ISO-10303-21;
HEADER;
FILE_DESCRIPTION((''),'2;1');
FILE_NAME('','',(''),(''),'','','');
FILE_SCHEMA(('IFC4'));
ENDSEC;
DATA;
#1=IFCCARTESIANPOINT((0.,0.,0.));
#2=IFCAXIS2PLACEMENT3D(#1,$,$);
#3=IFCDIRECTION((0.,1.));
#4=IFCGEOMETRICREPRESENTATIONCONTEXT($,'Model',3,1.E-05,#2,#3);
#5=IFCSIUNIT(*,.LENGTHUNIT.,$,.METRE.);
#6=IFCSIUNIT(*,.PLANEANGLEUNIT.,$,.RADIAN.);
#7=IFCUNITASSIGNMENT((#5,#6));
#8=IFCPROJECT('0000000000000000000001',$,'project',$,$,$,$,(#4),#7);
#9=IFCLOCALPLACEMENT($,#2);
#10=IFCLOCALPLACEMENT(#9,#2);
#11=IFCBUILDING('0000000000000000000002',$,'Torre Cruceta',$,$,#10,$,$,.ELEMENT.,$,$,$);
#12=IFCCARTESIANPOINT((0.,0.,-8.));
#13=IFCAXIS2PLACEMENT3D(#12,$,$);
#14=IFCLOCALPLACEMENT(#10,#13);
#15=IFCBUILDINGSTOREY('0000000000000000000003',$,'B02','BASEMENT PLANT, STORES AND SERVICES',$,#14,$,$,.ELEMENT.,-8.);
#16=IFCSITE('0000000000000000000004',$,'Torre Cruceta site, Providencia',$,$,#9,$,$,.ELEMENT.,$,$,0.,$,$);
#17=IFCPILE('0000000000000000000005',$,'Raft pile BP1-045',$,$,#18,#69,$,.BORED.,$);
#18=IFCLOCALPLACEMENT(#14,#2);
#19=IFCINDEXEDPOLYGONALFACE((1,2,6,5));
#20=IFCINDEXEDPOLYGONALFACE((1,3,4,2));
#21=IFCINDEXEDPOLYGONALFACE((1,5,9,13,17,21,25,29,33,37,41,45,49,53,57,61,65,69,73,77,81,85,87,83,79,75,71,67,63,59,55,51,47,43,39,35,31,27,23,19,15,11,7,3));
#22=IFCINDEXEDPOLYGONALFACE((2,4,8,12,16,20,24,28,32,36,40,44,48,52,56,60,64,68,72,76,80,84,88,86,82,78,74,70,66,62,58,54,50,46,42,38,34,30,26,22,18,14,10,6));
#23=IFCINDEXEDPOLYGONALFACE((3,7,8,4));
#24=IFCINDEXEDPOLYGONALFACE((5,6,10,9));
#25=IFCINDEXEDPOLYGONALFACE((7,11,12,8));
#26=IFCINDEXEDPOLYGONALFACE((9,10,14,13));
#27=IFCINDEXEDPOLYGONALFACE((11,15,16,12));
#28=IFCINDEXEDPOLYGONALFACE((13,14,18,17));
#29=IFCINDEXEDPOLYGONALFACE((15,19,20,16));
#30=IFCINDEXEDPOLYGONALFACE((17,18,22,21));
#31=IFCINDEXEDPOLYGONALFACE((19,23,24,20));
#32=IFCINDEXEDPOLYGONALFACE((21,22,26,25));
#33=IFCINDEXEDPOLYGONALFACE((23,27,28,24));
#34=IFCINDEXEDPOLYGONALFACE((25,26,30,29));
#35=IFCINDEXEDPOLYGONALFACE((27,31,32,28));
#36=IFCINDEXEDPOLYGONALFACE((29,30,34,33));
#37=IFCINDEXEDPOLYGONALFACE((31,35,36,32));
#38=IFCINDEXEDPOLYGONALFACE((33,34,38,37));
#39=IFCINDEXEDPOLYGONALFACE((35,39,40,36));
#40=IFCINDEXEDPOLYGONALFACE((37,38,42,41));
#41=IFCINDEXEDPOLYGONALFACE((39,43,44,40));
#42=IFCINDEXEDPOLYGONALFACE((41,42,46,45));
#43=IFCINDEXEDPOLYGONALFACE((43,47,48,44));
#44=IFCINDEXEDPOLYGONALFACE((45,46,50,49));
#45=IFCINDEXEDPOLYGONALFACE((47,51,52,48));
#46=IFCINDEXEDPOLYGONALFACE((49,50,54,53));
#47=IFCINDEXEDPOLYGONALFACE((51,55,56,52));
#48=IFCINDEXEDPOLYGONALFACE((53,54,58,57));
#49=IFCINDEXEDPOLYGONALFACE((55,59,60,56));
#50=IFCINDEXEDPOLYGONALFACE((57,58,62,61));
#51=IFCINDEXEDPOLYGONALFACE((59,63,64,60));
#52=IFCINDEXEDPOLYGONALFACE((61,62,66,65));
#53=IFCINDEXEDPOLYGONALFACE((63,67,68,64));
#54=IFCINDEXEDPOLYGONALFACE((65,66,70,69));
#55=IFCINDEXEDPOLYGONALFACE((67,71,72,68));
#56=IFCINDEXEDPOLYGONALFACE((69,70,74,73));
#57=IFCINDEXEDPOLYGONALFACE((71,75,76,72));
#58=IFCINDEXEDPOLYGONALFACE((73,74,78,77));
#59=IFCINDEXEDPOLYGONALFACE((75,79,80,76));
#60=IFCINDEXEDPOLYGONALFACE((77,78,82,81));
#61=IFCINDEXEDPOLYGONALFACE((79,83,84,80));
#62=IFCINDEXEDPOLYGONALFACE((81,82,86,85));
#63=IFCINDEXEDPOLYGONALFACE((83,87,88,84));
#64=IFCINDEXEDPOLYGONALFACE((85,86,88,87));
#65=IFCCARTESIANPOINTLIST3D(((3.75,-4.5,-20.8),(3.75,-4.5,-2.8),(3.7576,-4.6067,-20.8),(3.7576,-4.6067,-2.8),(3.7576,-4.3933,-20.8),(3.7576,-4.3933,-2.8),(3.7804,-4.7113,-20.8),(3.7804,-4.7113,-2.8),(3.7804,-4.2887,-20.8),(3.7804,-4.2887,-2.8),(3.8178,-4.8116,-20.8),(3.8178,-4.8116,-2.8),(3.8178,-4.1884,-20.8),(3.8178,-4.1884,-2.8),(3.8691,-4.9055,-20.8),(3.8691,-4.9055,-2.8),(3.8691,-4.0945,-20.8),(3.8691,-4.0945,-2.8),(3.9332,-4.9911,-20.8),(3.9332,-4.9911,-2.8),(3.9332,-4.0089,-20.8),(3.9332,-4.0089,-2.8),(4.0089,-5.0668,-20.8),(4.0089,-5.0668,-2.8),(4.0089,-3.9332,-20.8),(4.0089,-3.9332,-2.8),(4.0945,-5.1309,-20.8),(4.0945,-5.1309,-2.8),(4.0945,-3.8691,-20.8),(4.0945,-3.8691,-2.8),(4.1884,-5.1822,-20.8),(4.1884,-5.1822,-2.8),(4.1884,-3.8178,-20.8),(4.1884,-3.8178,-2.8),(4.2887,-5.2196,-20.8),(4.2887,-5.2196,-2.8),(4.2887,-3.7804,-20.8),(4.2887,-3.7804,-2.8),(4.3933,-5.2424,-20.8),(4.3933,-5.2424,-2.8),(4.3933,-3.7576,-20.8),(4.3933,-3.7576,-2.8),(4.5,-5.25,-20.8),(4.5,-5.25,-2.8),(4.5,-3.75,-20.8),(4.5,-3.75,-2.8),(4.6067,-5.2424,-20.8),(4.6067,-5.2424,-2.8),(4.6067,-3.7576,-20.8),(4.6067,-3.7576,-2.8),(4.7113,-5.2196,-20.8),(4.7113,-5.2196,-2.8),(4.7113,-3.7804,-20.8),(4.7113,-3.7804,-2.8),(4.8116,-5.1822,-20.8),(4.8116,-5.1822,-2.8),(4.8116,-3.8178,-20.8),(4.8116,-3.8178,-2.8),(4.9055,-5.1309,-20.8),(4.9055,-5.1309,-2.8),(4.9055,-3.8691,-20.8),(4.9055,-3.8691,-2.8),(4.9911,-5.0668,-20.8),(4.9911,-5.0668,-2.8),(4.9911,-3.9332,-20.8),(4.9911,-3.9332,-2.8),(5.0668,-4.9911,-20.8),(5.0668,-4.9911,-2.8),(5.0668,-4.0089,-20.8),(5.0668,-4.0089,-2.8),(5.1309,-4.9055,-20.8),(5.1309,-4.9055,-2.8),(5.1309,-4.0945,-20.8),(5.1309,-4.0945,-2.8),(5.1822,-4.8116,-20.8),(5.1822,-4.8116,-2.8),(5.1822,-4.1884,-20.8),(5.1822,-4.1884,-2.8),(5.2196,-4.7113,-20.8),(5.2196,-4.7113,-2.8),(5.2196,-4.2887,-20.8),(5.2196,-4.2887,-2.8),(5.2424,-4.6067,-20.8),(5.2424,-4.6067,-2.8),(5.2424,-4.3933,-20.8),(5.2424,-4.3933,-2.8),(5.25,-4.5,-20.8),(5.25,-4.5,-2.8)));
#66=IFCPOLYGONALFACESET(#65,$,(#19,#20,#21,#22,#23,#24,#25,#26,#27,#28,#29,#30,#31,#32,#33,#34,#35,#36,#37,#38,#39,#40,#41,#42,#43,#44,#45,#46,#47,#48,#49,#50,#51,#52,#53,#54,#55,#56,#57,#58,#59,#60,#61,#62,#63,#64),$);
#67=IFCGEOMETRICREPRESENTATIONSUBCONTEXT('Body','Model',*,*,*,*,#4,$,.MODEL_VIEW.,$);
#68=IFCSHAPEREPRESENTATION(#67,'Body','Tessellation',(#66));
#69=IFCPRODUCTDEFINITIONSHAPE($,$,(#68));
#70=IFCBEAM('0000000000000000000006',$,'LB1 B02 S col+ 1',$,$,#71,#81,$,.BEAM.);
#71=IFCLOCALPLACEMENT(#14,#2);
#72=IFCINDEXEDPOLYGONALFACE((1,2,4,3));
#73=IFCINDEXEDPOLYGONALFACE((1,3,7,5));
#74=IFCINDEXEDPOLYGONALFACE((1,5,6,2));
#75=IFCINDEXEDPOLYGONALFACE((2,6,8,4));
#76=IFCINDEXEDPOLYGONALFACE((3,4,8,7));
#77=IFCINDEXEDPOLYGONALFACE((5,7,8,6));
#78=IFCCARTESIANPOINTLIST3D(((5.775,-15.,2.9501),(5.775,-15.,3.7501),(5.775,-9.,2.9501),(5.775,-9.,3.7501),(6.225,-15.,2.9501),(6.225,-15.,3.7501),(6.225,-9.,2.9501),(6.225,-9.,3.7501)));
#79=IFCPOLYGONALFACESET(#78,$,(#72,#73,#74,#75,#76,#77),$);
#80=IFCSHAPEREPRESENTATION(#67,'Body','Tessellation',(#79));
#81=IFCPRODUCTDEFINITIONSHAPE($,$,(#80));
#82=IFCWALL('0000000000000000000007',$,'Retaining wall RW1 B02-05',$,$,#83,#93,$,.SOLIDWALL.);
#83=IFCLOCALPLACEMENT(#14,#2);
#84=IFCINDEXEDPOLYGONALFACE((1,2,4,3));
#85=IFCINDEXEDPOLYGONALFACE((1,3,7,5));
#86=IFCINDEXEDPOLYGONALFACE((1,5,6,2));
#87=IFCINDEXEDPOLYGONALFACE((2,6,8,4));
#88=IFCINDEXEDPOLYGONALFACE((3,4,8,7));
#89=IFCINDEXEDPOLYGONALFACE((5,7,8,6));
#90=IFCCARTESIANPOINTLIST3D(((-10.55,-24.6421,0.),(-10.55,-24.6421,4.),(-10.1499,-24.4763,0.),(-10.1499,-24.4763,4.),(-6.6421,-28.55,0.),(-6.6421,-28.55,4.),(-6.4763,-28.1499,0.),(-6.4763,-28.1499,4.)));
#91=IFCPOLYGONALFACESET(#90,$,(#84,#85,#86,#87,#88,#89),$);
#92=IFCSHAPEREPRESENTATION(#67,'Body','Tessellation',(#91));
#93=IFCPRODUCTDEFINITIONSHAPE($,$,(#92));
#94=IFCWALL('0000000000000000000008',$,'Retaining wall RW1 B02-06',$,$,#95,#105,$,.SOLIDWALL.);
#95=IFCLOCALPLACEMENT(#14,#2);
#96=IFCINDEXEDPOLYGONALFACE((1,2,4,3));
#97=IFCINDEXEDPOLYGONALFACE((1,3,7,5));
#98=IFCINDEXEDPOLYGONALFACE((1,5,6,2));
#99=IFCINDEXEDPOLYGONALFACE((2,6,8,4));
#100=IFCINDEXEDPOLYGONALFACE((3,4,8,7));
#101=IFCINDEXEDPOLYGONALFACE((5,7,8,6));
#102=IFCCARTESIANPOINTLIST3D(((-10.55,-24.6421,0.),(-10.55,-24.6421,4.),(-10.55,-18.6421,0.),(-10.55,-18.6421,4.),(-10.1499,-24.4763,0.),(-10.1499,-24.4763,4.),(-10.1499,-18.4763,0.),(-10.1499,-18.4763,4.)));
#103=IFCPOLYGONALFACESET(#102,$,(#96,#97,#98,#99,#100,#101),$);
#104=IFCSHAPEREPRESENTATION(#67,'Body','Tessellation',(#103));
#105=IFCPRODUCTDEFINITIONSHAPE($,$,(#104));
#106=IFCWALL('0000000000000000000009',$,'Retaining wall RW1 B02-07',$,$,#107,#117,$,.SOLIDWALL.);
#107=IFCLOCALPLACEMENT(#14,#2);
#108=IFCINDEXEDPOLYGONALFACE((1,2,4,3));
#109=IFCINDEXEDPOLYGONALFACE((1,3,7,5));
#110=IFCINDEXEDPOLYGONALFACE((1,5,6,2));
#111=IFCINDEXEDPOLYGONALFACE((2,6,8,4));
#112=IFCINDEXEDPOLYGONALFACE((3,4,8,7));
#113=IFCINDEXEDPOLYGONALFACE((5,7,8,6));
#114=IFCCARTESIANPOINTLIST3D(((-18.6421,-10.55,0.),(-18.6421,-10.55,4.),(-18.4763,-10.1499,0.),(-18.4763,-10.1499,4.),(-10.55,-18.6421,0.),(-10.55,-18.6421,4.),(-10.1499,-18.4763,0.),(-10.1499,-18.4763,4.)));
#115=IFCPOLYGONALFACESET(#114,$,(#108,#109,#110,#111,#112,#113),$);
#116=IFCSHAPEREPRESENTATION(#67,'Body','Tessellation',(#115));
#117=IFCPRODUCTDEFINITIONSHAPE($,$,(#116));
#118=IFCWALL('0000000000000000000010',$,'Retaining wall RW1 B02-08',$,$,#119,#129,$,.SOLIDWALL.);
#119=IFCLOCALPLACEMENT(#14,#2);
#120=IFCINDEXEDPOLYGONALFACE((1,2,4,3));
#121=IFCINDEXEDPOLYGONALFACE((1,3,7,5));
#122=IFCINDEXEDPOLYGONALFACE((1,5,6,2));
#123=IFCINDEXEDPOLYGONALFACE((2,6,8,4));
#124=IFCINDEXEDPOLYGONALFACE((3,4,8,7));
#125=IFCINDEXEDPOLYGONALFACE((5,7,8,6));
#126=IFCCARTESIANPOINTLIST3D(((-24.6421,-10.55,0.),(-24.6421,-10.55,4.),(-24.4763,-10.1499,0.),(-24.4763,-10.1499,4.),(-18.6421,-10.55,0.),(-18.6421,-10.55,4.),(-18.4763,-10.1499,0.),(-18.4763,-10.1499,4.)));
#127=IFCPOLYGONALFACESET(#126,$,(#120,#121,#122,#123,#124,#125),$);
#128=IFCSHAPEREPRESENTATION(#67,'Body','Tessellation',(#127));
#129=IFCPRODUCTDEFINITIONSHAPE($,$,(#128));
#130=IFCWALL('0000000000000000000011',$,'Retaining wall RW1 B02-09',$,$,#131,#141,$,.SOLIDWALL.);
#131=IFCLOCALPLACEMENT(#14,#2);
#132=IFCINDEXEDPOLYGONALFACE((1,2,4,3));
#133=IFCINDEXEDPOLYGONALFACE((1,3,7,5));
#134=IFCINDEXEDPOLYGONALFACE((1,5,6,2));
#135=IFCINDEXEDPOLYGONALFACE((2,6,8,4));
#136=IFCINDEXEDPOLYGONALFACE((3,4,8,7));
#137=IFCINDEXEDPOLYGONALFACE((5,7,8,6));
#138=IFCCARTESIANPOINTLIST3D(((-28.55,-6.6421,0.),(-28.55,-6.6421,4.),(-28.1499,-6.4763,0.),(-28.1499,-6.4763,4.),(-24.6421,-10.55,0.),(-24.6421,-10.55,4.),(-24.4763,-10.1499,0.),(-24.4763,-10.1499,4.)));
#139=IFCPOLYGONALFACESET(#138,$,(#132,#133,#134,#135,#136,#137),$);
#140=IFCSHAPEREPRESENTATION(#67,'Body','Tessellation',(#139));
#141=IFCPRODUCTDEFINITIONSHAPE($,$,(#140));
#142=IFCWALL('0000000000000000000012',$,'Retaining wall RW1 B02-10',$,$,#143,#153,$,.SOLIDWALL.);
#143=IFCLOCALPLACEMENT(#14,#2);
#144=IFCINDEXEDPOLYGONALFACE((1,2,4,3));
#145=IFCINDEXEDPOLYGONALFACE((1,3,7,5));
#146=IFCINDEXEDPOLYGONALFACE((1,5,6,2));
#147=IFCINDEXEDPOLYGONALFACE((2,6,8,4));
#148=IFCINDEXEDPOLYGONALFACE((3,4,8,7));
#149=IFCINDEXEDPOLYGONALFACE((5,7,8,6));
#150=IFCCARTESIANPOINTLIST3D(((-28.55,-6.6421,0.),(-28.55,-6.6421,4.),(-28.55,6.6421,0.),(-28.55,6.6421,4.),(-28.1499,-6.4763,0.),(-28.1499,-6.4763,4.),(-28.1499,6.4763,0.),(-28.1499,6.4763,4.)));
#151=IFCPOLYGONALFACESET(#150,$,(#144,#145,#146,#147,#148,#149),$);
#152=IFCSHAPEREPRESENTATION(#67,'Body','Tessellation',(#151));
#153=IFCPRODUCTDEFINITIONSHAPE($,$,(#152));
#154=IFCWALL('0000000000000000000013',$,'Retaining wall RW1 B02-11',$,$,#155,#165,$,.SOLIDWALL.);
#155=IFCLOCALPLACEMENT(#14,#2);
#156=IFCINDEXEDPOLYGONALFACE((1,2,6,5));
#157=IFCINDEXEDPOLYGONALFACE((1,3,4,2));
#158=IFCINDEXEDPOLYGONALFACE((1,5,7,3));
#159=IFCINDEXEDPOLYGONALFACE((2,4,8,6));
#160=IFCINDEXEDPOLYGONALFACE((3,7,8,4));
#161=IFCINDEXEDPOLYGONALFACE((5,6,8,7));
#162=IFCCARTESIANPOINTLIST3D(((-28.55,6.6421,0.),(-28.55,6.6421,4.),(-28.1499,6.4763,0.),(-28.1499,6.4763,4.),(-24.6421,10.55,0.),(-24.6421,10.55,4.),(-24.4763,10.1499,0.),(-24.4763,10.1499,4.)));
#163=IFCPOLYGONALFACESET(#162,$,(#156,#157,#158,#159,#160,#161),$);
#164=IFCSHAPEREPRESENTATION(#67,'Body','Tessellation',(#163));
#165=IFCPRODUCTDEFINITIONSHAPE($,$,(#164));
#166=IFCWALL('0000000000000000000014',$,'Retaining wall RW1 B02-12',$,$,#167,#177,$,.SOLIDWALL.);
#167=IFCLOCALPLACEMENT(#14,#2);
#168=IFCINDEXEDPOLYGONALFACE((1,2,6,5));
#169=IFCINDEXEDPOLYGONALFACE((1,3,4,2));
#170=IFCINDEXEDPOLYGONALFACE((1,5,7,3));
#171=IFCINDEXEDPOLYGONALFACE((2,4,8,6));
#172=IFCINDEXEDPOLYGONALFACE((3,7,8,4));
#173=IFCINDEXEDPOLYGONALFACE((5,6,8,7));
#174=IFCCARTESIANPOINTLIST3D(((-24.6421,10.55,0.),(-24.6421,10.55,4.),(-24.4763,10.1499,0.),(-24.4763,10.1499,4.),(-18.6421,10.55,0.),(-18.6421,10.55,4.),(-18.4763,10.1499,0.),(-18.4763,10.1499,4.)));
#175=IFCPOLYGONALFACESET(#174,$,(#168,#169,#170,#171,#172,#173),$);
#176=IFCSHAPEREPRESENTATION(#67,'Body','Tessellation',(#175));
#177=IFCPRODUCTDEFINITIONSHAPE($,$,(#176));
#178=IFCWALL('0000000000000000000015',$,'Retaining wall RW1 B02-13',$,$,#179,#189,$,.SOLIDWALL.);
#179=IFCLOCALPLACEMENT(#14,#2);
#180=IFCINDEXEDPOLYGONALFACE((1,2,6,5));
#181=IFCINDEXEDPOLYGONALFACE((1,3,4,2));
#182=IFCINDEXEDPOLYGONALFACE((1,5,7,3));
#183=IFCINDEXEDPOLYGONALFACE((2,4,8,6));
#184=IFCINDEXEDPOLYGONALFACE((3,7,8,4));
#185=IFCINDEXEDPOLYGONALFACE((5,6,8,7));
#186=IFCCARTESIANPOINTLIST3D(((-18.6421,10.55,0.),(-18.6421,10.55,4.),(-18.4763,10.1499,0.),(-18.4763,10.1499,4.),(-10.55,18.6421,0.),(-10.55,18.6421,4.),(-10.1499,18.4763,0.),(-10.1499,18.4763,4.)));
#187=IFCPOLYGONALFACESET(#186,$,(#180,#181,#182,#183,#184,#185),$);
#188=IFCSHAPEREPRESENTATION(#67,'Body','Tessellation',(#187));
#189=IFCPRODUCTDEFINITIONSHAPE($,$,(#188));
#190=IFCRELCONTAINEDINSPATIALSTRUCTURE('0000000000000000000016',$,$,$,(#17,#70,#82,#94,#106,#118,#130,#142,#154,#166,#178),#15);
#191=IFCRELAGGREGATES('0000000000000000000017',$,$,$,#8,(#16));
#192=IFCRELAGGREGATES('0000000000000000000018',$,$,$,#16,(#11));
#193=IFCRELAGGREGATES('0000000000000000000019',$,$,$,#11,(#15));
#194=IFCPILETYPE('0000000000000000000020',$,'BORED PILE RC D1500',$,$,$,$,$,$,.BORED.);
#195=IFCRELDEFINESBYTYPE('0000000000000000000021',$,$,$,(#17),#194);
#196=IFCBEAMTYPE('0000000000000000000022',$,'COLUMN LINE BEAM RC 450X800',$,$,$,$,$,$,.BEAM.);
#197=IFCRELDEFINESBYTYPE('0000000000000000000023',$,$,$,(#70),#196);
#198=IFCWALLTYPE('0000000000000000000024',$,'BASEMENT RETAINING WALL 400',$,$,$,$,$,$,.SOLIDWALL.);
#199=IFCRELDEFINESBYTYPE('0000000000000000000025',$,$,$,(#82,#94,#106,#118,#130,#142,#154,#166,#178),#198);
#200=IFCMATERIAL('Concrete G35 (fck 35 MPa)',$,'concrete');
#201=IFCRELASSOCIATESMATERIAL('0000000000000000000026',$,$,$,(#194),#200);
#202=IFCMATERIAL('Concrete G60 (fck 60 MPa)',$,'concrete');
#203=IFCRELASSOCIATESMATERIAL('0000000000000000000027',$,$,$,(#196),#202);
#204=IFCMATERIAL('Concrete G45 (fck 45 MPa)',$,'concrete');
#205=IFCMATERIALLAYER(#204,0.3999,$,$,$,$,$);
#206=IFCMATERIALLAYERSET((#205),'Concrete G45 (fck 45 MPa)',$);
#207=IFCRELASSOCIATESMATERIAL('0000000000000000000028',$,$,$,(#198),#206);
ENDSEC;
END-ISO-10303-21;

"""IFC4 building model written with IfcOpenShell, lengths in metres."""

from ifc_helpers import new_model, si_unit, direction, frame, origin, origin_2d, place, context, subcontext, project, spatial, polyline, rectangle, circle, outline, extrude, material, layer, layer_set, material_profile, profile_set, type_object, element, save


model = new_model("IFC4")

# Units and contexts
model_context = context("Model", 3, precision=1e-05, world=origin(), true_north=direction((0.0, 1.0)))
body_context = subcontext(model_context, "Body", "Model", "MODEL_VIEW")
ifc_project = project(units=[si_unit("LENGTHUNIT", "METRE"), si_unit("PLANEANGLEUNIT", "RADIAN")], contexts=[model_context])

# Site, building, storey
site_placement = place(None, origin())
site = spatial("IfcSite", under=ifc_project, at=site_placement, Name="Torre Cruceta site, Providencia", CompositionType="ELEMENT", RefElevation=0.0)
building_placement = place(site_placement, origin())
building = spatial("IfcBuilding", under=site, at=building_placement, Name="Torre Cruceta", CompositionType="ELEMENT")
storey_placement = place(building_placement, frame((0.0, 0.0, -8.0)))
storey = spatial("IfcBuildingStorey", under=building, at=storey_placement, Name="B02", Description="BASEMENT PLANT, STORES AND SERVICES", CompositionType="ELEMENT", Elevation=-8.0)

# Pile
ifc_material_1 = material(Name="Concrete G35 (fck 35 MPa)", Category="concrete")
ifc_material_profile_1 = material_profile(ifc_material_1, circle(Radius=0.75, at=origin_2d()), Name="RC D1500")
ifc_profile_set_1 = profile_set([ifc_material_profile_1], Name="Concrete G35 (fck 35 MPa)")
pile_type = type_object("IfcPileType", Name="BORED PILE RC D1500", PredefinedType="BORED", material=ifc_profile_set_1)
pile_placement = place(storey_placement, frame((4.5, -4.5, -2.8), z_axis=(0.0, 0.0, -1.0), x_axis=(1.0, 0.0, 0.0)))
element("IfcPile", 1, at=pile_placement, inside=storey, type_object=pile_type, Name="Raft pile BP1-045", PredefinedType="BORED", context=body_context, shape_type="SweptSolid", body=[
    extrude(circle(Radius=0.75, at=origin_2d()), origin(), (0.0, 0.0, 1.0), 18.0),
])

# Beam
ifc_material_2 = material(Name="Concrete G60 (fck 60 MPa)", Category="concrete")
ifc_material_profile_2 = material_profile(ifc_material_2, rectangle(XDim=0.45, YDim=0.8, at=origin_2d()), Name="RC 450X800")
ifc_profile_set_2 = profile_set([ifc_material_profile_2], Name="Concrete G60 (fck 60 MPa)")
beam_type = type_object("IfcBeamType", Name="COLUMN LINE BEAM RC 450X800", PredefinedType="BEAM", material=ifc_profile_set_2)
beam_placement = place(storey_placement, frame((6.0, -9.0, 3.3501), z_axis=(0.0, -1.0, 0.0), x_axis=(1.0, 0.0, 0.0)))
element("IfcBeam", 2, at=beam_placement, inside=storey, type_object=beam_type, Name="LB1 B02 S col+ 1", PredefinedType="BEAM", context=body_context, shape_type="SweptSolid", body=[
    extrude(rectangle(XDim=0.45, YDim=0.8, at=origin_2d()), origin(), (0.0, 0.0, 1.0), 6.0),
])

# Walls
ifc_material_3 = material(Name="Concrete G45 (fck 45 MPa)", Category="concrete")
ifc_layer_1 = layer(ifc_material_3, 0.3999)
ifc_layer_set_1 = layer_set([ifc_layer_1], Name="Concrete G45 (fck 45 MPa)")
wall_type_1 = type_object("IfcWallType", Name="BASEMENT RETAINING WALL 400", PredefinedType="SOLIDWALL", material=ifc_layer_set_1)
wall_1_placement = place(storey_placement, origin())
element("IfcWall", 3, at=wall_1_placement, inside=storey, type_object=wall_type_1, Name="Retaining wall RW1 B02-05", PredefinedType="SOLIDWALL", context=body_context, shape_type="SweptSolid", body=[
    extrude(outline(polyline([(-6.4763, -28.1499), (-6.6421, -28.55), (-10.55, -24.6421), (-10.1499, -24.4763), (-6.4763, -28.1499)])), origin(), (0.0, 0.0, 1.0), 4.0),
])
wall_2_placement = place(storey_placement, origin())
element("IfcWall", 4, at=wall_2_placement, inside=storey, type_object=wall_type_1, Name="Retaining wall RW1 B02-06", PredefinedType="SOLIDWALL", context=body_context, shape_type="SweptSolid", body=[
    extrude(outline(polyline([(-10.1499, -24.4763), (-10.55, -24.6421), (-10.55, -18.6421), (-10.1499, -18.4763), (-10.1499, -24.4763)])), origin(), (0.0, 0.0, 1.0), 4.0),
])
wall_3_placement = place(storey_placement, origin())
element("IfcWall", 5, at=wall_3_placement, inside=storey, type_object=wall_type_1, Name="Retaining wall RW1 B02-07", PredefinedType="SOLIDWALL", context=body_context, shape_type="SweptSolid", body=[
    extrude(outline(polyline([(-10.1499, -18.4763), (-10.55, -18.6421), (-18.6421, -10.55), (-18.4763, -10.1499), (-10.1499, -18.4763)])), origin(), (0.0, 0.0, 1.0), 4.0),
])
wall_4_placement = place(storey_placement, origin())
element("IfcWall", 6, at=wall_4_placement, inside=storey, type_object=wall_type_1, Name="Retaining wall RW1 B02-08", PredefinedType="SOLIDWALL", context=body_context, shape_type="SweptSolid", body=[
    extrude(outline(polyline([(-18.4763, -10.1499), (-18.6421, -10.55), (-24.6421, -10.55), (-24.4763, -10.1499), (-18.4763, -10.1499)])), origin(), (0.0, 0.0, 1.0), 4.0),
])
wall_5_placement = place(storey_placement, origin())
element("IfcWall", 7, at=wall_5_placement, inside=storey, type_object=wall_type_1, Name="Retaining wall RW1 B02-09", PredefinedType="SOLIDWALL", context=body_context, shape_type="SweptSolid", body=[
    extrude(outline(polyline([(-24.4763, -10.1499), (-24.6421, -10.55), (-28.55, -6.6421), (-28.1499, -6.4763), (-24.4763, -10.1499)])), origin(), (0.0, 0.0, 1.0), 4.0),
])
wall_6_placement = place(storey_placement, origin())
element("IfcWall", 8, at=wall_6_placement, inside=storey, type_object=wall_type_1, Name="Retaining wall RW1 B02-10", PredefinedType="SOLIDWALL", context=body_context, shape_type="SweptSolid", body=[
    extrude(outline(polyline([(-28.1499, -6.4763), (-28.55, -6.6421), (-28.55, 6.6421), (-28.1499, 6.4763), (-28.1499, -6.4763)])), origin(), (0.0, 0.0, 1.0), 4.0),
])
wall_7_placement = place(storey_placement, origin())
element("IfcWall", 9, at=wall_7_placement, inside=storey, type_object=wall_type_1, Name="Retaining wall RW1 B02-11", PredefinedType="SOLIDWALL", context=body_context, shape_type="SweptSolid", body=[
    extrude(outline(polyline([(-28.1499, 6.4763), (-28.55, 6.6421), (-24.6421, 10.55), (-24.4763, 10.1499), (-28.1499, 6.4763)])), origin(), (0.0, 0.0, 1.0), 4.0),
])
wall_8_placement = place(storey_placement, origin())
element("IfcWall", 10, at=wall_8_placement, inside=storey, type_object=wall_type_1, Name="Retaining wall RW1 B02-12", PredefinedType="SOLIDWALL", context=body_context, shape_type="SweptSolid", body=[
    extrude(outline(polyline([(-24.4763, 10.1499), (-24.6421, 10.55), (-18.6421, 10.55), (-18.4763, 10.1499), (-24.4763, 10.1499)])), origin(), (0.0, 0.0, 1.0), 4.0),
])
wall_9_placement = place(storey_placement, origin())
element("IfcWall", 11, at=wall_9_placement, inside=storey, type_object=wall_type_1, Name="Retaining wall RW1 B02-13", PredefinedType="SOLIDWALL", context=body_context, shape_type="SweptSolid", body=[
    extrude(outline(polyline([(-18.4763, 10.1499), (-18.6421, 10.55), (-10.55, 18.6421), (-10.1499, 18.4763), (-18.4763, 10.1499)])), origin(), (0.0, 0.0, 1.0), 4.0),
])

save(model, "model.ifc")
